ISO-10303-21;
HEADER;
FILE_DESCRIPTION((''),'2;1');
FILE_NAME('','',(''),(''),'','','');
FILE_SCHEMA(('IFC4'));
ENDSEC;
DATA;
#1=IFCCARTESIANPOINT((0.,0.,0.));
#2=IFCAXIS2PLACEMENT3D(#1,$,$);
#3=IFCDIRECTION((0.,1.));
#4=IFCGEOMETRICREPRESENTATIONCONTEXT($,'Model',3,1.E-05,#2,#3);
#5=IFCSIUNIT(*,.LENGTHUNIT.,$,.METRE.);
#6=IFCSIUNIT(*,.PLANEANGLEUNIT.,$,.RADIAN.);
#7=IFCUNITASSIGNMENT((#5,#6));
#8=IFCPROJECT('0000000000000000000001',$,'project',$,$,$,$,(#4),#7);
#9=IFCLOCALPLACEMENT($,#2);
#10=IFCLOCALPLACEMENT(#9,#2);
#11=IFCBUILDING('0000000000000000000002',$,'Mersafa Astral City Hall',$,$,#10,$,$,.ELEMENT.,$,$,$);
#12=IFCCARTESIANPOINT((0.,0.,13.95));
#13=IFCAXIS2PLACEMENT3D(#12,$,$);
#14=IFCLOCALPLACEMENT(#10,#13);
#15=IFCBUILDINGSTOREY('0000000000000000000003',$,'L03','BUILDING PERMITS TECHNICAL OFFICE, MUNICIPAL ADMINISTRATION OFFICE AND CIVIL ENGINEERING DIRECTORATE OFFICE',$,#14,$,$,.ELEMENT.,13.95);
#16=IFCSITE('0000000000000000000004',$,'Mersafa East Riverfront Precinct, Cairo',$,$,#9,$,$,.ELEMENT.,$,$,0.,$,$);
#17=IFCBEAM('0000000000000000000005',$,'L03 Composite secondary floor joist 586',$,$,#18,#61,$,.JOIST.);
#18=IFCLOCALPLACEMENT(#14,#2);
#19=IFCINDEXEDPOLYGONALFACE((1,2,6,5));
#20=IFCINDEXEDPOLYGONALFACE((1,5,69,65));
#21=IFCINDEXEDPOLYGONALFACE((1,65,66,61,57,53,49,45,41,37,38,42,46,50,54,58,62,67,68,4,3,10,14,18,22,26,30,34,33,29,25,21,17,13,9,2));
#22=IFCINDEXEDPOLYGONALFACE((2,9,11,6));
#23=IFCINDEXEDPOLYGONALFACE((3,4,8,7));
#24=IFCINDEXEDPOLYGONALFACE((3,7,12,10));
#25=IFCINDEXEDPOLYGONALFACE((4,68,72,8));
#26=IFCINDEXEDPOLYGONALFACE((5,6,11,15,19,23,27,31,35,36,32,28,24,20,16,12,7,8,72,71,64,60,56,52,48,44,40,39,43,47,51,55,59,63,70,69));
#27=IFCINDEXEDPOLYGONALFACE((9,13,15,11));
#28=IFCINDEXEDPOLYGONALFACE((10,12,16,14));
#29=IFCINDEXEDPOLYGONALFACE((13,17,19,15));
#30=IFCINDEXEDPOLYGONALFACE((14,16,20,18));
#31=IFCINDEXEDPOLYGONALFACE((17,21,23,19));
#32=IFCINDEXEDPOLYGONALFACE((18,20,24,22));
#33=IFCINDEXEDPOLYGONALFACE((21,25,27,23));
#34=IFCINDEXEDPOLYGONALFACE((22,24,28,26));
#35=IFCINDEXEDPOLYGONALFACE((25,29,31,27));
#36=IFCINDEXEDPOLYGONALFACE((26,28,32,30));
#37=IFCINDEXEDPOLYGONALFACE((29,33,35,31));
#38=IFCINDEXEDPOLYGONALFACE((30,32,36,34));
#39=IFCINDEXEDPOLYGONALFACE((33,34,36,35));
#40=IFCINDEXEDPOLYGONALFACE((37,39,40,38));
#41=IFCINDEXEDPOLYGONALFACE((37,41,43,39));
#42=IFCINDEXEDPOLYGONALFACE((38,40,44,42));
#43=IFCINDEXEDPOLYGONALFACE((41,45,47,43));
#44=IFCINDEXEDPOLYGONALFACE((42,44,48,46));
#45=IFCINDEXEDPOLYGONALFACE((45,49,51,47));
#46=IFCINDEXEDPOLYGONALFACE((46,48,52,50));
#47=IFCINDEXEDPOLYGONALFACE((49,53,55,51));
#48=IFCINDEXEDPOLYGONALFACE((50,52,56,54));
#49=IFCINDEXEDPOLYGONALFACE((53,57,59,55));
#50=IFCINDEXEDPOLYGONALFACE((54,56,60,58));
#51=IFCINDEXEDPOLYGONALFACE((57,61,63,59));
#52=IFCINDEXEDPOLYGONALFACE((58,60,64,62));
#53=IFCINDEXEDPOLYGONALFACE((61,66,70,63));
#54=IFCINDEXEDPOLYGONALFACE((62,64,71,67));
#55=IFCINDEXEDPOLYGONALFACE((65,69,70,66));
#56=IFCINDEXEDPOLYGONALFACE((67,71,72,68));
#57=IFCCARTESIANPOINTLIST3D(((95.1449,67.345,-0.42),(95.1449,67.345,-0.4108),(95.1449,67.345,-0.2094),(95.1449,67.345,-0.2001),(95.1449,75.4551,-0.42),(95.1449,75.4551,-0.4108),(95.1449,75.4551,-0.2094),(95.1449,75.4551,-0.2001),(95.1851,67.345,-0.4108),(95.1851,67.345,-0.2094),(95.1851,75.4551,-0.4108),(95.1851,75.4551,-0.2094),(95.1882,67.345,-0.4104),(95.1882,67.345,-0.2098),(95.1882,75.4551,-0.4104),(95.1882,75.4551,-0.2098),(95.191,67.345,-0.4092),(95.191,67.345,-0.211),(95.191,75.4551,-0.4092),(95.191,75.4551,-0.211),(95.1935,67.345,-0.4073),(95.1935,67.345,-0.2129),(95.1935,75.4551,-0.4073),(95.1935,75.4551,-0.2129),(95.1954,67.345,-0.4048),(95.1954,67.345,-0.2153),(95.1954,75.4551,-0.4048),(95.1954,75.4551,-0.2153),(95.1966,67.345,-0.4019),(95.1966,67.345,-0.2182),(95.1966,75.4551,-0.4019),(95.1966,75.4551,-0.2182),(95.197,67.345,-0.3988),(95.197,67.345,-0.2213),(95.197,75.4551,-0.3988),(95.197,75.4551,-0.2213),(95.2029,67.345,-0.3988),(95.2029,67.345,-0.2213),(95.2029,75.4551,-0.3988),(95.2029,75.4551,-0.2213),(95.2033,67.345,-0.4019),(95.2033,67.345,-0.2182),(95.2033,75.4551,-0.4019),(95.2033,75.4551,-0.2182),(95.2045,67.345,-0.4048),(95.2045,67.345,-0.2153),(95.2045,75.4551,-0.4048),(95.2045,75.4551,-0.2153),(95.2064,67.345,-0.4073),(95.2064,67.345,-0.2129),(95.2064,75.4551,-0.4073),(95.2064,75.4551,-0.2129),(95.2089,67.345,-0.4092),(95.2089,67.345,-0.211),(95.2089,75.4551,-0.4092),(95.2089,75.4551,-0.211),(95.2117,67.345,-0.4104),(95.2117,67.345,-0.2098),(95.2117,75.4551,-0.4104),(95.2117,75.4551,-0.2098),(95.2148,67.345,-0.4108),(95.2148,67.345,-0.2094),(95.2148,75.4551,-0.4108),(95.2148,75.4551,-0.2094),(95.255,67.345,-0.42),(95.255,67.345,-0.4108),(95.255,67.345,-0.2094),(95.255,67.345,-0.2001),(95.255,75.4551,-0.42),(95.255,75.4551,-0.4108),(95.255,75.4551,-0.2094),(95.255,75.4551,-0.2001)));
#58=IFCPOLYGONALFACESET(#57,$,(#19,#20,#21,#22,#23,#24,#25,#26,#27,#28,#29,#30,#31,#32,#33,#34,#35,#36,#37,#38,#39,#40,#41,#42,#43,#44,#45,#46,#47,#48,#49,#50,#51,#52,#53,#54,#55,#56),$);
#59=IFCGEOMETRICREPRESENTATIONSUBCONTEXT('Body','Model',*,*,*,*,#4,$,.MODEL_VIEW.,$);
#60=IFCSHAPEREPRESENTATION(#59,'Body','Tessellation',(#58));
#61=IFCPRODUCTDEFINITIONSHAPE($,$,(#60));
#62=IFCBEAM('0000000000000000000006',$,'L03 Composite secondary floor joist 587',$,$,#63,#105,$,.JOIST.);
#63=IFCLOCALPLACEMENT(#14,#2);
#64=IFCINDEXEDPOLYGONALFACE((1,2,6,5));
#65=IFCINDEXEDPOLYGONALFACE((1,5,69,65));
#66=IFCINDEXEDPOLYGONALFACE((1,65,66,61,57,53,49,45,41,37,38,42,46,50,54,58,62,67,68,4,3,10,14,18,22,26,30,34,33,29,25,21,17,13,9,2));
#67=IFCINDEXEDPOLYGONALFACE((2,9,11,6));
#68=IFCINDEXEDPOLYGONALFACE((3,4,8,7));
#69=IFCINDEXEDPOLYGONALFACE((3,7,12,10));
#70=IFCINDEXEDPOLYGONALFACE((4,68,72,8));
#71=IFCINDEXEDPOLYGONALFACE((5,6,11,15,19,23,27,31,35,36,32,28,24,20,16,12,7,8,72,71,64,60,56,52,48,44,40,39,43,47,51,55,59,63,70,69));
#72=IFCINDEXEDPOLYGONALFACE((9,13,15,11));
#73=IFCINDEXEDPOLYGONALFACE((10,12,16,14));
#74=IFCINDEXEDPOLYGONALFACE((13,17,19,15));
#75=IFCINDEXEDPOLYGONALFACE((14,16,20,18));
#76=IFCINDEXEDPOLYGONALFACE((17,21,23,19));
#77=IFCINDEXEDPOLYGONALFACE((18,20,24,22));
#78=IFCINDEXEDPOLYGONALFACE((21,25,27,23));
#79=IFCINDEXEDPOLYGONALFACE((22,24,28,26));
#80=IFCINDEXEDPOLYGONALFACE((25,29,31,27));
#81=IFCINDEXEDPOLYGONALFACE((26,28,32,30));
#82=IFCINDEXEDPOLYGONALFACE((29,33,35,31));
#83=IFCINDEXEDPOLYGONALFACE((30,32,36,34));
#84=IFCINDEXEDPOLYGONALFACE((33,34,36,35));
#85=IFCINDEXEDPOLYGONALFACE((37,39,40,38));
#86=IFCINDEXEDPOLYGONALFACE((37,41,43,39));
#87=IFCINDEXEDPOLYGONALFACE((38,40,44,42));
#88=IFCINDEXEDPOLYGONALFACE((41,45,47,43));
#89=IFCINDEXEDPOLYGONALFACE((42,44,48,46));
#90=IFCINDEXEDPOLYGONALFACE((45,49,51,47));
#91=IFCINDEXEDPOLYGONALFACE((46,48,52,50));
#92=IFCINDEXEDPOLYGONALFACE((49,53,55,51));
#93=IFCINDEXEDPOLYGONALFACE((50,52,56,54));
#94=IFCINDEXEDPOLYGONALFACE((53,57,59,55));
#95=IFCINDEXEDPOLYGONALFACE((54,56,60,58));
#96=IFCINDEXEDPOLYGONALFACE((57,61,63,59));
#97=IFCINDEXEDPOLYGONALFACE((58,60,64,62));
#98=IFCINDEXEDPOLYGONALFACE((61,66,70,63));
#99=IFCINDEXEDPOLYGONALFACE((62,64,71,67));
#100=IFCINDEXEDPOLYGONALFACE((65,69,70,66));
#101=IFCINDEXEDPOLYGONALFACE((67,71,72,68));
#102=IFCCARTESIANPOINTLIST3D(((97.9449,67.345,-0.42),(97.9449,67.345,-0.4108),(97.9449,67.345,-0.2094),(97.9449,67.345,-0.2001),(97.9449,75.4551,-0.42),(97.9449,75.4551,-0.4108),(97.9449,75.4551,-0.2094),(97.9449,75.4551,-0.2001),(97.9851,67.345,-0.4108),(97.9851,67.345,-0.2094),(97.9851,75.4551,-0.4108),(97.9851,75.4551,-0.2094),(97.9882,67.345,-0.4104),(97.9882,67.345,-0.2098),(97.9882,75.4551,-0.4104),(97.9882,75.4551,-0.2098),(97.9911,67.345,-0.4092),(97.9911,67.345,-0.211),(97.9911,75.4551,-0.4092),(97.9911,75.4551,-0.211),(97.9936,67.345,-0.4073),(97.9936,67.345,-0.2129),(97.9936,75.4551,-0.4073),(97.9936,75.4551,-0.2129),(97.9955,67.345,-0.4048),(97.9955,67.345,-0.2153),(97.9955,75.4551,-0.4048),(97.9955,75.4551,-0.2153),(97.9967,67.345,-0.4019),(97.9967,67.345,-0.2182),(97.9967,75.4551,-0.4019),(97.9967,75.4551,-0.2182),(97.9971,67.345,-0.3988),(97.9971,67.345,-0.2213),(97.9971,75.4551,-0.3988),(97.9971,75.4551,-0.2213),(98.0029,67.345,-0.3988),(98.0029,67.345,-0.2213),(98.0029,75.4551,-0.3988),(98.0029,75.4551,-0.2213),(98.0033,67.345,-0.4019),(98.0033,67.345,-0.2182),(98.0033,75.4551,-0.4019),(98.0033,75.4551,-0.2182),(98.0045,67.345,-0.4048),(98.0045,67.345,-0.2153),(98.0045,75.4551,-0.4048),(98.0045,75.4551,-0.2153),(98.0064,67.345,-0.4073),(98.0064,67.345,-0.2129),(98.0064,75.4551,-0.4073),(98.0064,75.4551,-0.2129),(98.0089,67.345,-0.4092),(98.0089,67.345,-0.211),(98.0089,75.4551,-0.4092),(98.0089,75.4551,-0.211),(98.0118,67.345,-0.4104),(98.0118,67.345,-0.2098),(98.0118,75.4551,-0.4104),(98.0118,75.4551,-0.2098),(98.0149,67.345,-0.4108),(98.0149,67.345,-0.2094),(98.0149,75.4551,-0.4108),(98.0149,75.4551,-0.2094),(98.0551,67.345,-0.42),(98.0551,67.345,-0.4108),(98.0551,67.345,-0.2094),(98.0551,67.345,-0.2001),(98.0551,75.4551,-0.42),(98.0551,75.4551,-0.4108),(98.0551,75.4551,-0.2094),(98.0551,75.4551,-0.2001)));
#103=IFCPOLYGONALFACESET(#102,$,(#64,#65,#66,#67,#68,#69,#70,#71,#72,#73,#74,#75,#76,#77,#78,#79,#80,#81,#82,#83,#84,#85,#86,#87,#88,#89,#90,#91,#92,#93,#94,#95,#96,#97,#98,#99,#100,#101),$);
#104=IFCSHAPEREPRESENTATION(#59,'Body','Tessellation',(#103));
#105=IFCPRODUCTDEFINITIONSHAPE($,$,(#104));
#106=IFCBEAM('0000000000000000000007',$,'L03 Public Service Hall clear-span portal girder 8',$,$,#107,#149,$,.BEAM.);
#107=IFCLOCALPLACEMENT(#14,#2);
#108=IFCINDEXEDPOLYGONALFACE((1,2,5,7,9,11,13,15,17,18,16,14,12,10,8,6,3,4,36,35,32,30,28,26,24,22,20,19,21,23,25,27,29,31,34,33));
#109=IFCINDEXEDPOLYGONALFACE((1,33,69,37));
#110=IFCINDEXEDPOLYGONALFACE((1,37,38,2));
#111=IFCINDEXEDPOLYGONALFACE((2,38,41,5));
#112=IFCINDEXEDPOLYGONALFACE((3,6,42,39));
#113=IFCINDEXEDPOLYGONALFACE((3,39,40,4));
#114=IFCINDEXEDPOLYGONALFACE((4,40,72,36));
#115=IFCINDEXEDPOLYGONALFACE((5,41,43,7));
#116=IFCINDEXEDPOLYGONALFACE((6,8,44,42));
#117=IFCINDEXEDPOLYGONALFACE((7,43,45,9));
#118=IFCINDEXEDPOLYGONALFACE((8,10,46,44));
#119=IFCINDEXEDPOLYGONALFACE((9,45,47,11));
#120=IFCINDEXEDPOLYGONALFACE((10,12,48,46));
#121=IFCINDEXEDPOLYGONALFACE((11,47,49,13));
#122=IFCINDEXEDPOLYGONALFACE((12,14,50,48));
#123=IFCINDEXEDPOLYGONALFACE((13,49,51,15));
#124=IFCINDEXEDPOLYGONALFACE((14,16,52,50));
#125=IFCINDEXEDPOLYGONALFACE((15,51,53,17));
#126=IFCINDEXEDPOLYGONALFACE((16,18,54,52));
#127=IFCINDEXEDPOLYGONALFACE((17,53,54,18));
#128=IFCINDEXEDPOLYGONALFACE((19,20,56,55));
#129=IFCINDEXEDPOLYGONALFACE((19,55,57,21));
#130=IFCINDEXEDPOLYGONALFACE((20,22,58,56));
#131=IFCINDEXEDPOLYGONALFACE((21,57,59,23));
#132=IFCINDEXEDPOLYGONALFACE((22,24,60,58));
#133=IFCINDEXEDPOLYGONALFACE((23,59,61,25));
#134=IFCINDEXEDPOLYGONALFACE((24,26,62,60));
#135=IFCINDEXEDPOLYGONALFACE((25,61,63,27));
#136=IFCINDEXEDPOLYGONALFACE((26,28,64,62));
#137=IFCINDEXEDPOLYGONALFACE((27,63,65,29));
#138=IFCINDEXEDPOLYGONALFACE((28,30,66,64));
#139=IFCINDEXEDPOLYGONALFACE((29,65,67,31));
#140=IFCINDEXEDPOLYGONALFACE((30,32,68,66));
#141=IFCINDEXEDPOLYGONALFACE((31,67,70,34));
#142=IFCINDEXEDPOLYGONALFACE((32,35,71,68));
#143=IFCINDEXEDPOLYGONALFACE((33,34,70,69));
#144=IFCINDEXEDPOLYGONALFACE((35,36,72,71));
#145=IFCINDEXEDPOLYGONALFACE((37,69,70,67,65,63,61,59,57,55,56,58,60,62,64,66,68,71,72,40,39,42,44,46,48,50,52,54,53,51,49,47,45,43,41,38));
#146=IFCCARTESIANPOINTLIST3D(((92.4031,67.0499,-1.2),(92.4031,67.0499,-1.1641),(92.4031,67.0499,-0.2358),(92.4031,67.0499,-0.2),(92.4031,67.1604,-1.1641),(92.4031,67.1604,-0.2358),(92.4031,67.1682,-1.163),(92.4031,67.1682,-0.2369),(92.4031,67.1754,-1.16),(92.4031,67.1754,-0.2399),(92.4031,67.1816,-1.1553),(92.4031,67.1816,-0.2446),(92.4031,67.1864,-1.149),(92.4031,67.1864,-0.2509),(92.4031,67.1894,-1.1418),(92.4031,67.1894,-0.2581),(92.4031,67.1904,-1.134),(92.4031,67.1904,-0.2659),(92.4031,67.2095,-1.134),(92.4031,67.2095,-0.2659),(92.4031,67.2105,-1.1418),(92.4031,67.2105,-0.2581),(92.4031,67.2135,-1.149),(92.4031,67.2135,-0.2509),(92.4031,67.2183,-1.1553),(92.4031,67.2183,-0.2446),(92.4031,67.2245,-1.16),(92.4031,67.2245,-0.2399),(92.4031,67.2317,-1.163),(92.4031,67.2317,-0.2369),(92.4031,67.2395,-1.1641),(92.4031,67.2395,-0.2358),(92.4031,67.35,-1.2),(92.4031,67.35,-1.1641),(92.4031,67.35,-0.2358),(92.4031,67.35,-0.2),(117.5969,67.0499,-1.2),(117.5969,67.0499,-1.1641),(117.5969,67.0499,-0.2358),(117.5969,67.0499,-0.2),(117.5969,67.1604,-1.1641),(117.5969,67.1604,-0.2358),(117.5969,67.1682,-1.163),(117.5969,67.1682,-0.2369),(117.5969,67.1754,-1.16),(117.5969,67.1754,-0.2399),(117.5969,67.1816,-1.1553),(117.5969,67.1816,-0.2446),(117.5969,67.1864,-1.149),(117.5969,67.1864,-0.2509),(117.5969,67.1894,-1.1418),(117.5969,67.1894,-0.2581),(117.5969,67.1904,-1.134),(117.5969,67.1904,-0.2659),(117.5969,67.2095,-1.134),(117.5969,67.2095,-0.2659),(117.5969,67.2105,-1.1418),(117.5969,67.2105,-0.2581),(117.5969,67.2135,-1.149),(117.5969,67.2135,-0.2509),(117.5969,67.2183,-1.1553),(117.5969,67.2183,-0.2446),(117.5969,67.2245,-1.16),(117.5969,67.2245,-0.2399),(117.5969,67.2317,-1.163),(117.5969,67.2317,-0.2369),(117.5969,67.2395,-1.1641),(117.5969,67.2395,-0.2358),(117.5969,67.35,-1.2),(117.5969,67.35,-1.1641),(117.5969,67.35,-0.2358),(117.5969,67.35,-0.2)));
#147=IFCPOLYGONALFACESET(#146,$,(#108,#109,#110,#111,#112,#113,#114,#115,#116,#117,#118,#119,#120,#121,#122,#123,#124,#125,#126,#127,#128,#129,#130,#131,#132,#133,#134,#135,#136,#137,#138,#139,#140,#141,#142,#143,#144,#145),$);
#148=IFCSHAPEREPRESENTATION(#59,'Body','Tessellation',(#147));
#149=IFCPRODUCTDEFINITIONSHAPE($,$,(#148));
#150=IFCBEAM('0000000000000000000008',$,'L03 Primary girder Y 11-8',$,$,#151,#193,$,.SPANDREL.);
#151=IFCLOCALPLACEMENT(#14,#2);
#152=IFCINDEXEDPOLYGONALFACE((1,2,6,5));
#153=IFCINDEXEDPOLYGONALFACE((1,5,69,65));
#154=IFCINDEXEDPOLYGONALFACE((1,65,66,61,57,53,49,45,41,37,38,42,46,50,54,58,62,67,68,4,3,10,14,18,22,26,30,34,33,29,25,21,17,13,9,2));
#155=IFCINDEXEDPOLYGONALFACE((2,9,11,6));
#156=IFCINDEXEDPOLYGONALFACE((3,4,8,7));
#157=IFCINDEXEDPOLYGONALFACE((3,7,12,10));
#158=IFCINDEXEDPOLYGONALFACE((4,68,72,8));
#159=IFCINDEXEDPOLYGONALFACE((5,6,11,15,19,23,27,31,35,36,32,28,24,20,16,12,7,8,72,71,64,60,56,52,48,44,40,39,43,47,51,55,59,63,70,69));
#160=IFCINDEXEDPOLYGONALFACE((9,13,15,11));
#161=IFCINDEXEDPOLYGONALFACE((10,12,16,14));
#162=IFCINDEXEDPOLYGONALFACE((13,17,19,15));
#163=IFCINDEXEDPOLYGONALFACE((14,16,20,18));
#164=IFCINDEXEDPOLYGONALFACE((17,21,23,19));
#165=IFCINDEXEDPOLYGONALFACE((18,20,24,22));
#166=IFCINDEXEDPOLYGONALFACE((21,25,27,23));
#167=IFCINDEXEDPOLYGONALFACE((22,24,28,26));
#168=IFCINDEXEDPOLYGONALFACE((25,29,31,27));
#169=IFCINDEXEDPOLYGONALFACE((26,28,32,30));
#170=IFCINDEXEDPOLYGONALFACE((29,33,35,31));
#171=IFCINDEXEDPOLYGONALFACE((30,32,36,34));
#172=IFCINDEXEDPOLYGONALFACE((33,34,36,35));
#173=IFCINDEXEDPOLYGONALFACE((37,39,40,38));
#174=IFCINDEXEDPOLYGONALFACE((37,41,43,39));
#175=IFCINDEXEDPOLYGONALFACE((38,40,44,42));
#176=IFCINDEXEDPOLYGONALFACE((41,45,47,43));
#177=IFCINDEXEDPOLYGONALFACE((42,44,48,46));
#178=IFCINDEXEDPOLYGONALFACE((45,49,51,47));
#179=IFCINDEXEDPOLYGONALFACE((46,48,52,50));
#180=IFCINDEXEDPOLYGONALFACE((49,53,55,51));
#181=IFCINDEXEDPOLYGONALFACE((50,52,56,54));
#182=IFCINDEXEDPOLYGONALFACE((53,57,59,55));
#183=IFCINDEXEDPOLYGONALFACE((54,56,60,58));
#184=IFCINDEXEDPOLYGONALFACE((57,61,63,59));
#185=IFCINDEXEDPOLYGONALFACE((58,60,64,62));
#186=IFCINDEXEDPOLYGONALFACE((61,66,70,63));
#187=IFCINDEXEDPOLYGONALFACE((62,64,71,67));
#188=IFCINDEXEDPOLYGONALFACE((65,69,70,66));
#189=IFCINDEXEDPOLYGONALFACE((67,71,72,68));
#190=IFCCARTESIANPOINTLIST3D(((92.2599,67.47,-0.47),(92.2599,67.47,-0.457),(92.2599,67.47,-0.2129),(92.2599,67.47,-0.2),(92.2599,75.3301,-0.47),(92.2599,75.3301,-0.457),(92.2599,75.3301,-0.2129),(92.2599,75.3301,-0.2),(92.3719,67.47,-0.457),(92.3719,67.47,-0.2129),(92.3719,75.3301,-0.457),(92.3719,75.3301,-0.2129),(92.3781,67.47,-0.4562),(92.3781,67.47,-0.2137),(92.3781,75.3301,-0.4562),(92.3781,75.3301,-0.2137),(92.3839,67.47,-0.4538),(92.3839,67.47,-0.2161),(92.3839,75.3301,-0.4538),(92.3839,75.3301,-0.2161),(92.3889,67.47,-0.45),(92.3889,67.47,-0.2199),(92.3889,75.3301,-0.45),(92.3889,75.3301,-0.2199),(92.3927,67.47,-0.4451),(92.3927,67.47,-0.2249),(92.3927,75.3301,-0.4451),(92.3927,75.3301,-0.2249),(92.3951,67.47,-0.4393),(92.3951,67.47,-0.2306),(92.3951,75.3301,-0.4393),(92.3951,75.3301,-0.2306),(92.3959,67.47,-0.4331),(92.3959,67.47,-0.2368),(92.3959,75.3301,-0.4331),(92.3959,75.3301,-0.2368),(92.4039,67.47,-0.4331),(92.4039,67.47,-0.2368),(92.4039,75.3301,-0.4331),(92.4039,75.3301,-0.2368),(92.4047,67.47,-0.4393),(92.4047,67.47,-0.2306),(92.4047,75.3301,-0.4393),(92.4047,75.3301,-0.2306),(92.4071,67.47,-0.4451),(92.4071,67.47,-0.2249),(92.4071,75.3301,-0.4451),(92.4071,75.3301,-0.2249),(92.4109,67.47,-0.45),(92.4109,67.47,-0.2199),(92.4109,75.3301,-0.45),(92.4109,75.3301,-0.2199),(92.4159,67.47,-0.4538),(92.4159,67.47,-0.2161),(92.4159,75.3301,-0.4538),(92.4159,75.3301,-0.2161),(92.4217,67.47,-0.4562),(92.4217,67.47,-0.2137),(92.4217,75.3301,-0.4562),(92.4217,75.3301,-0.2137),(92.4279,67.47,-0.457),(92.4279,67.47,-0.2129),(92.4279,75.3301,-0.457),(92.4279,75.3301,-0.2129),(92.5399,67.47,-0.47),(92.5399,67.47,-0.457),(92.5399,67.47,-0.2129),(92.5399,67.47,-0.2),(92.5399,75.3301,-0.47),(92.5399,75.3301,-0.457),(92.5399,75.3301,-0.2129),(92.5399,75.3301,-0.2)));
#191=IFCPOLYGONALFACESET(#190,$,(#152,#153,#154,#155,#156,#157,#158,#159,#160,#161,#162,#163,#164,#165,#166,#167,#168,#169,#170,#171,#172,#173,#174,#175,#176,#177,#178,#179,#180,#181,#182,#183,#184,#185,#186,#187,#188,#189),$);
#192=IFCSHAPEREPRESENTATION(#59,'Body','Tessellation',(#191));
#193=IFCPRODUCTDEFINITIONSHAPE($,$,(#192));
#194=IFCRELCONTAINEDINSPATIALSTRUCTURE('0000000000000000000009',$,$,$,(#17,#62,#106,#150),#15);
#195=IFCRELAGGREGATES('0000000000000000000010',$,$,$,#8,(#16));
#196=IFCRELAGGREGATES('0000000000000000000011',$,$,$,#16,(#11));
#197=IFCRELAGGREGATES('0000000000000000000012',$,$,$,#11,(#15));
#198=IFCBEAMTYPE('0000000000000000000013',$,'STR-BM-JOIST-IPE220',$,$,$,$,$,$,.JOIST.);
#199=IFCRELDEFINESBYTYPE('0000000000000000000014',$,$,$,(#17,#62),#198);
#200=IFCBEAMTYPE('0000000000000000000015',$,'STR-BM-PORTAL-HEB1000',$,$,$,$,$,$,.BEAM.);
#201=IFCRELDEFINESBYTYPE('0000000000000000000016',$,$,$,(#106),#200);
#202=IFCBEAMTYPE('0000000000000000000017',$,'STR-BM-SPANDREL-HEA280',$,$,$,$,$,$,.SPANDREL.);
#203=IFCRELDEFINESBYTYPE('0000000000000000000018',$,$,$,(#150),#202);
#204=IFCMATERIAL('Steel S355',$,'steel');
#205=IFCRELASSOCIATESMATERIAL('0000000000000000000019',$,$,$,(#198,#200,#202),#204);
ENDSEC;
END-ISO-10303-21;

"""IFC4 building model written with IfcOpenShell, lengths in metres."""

from ifc_helpers import new_model, si_unit, direction, frame, origin, origin_2d, place, context, subcontext, project, spatial, i_section, extrude, material, material_profile, profile_set, type_object, element, save


model = new_model("IFC4")

# Units and contexts
model_context = context("Model", 3, precision=1e-05, world=origin(), true_north=direction((0.0, 1.0)))
body_context = subcontext(model_context, "Body", "Model", "MODEL_VIEW")
ifc_project = project(units=[si_unit("LENGTHUNIT", "METRE"), si_unit("PLANEANGLEUNIT", "RADIAN")], contexts=[model_context])

# Site, building, storey
site_placement = place(None, origin())
site = spatial("IfcSite", under=ifc_project, at=site_placement, Name="Mersafa East Riverfront Precinct, Cairo", CompositionType="ELEMENT", RefElevation=0.0)
building_placement = place(site_placement, origin())
building = spatial("IfcBuilding", under=site, at=building_placement, Name="Mersafa Astral City Hall", CompositionType="ELEMENT")
storey_placement = place(building_placement, frame((0.0, 0.0, 13.95)))
storey = spatial("IfcBuildingStorey", under=building, at=storey_placement, Name="L03", Description="BUILDING PERMITS TECHNICAL OFFICE, MUNICIPAL ADMINISTRATION OFFICE AND CIVIL ENGINEERING DIRECTORATE OFFICE", CompositionType="ELEMENT", Elevation=13.95)

# Shared definitions
ifc_material_1 = material(Name="Steel S355", Category="steel")

# Beams
ifc_material_profile_1 = material_profile(ifc_material_1, i_section(OverallWidth=0.1101, OverallDepth=0.22, WebThickness=0.0059, FlangeThickness=0.0093, FilletRadius=0.012, at=origin_2d()), Name="IPE 220")
ifc_profile_set_1 = profile_set([ifc_material_profile_1], Name="Steel S355")
beam_type_1 = type_object("IfcBeamType", Name="STR-BM-JOIST-IPE220", PredefinedType="JOIST", material=ifc_profile_set_1)
for number, where, z_axis, x_axis, name in (
    (1, (95.2, 67.345, -0.3101), (0.0, 1.0, 0.0), (-1.0, 0.0, 0.0), "L03 Composite secondary floor joist 586"),
    (2, (98.0, 67.345, -0.3101), (0.0, 1.0, 0.0), (-1.0, 0.0, 0.0), "L03 Composite secondary floor joist 587"),
):
    element("IfcBeam", number, at=place(storey_placement, frame(where, z_axis=z_axis, x_axis=x_axis)), inside=storey, type_object=beam_type_1, Name=name, PredefinedType="JOIST", context=body_context, shape_type="SweptSolid", body=[
        extrude(i_section(OverallWidth=0.1101, OverallDepth=0.22, WebThickness=0.0059, FlangeThickness=0.0093, FilletRadius=0.012, at=origin_2d()), origin(), (0.0, 0.0, 1.0), 8.1101),
    ])
ifc_material_profile_2 = material_profile(ifc_material_1, i_section(OverallWidth=0.3, OverallDepth=1.0, WebThickness=0.019, FlangeThickness=0.0359, FilletRadius=0.03, at=origin_2d()), Name="HEB 1000")
ifc_profile_set_2 = profile_set([ifc_material_profile_2], Name="Steel S355")
beam_type_2 = type_object("IfcBeamType", Name="STR-BM-PORTAL-HEB1000", PredefinedType="BEAM", material=ifc_profile_set_2)
beam_1_placement = place(storey_placement, frame((92.4031, 67.2, -0.7), z_axis=(1.0, 0.0, 0.0), x_axis=(0.0, 1.0, 0.0)))
element("IfcBeam", 3, at=beam_1_placement, inside=storey, type_object=beam_type_2, Name="L03 Public Service Hall clear-span portal girder 8", PredefinedType="BEAM", context=body_context, shape_type="SweptSolid", body=[
    extrude(i_section(OverallWidth=0.3, OverallDepth=1.0, WebThickness=0.019, FlangeThickness=0.0359, FilletRadius=0.03, at=origin_2d()), origin(), (0.0, 0.0, 1.0), 25.1938),
])
ifc_material_profile_3 = material_profile(ifc_material_1, i_section(OverallWidth=0.28, OverallDepth=0.27, WebThickness=0.0081, FlangeThickness=0.0129, FilletRadius=0.0239, at=origin_2d()), Name="HEA 280")
ifc_profile_set_3 = profile_set([ifc_material_profile_3], Name="Steel S355")
beam_type_3 = type_object("IfcBeamType", Name="STR-BM-SPANDREL-HEA280", PredefinedType="SPANDREL", material=ifc_profile_set_3)
beam_2_placement = place(storey_placement, frame((92.3999, 67.47, -0.335), z_axis=(0.0, 1.0, 0.0), x_axis=(-1.0, 0.0, 0.0)))
element("IfcBeam", 4, at=beam_2_placement, inside=storey, type_object=beam_type_3, Name="L03 Primary girder Y 11-8", PredefinedType="SPANDREL", context=body_context, shape_type="SweptSolid", body=[
    extrude(i_section(OverallWidth=0.28, OverallDepth=0.27, WebThickness=0.0081, FlangeThickness=0.0129, FilletRadius=0.0239, at=origin_2d()), origin(), (0.0, 0.0, 1.0), 7.8601),
])

save(model, "model.ifc")
